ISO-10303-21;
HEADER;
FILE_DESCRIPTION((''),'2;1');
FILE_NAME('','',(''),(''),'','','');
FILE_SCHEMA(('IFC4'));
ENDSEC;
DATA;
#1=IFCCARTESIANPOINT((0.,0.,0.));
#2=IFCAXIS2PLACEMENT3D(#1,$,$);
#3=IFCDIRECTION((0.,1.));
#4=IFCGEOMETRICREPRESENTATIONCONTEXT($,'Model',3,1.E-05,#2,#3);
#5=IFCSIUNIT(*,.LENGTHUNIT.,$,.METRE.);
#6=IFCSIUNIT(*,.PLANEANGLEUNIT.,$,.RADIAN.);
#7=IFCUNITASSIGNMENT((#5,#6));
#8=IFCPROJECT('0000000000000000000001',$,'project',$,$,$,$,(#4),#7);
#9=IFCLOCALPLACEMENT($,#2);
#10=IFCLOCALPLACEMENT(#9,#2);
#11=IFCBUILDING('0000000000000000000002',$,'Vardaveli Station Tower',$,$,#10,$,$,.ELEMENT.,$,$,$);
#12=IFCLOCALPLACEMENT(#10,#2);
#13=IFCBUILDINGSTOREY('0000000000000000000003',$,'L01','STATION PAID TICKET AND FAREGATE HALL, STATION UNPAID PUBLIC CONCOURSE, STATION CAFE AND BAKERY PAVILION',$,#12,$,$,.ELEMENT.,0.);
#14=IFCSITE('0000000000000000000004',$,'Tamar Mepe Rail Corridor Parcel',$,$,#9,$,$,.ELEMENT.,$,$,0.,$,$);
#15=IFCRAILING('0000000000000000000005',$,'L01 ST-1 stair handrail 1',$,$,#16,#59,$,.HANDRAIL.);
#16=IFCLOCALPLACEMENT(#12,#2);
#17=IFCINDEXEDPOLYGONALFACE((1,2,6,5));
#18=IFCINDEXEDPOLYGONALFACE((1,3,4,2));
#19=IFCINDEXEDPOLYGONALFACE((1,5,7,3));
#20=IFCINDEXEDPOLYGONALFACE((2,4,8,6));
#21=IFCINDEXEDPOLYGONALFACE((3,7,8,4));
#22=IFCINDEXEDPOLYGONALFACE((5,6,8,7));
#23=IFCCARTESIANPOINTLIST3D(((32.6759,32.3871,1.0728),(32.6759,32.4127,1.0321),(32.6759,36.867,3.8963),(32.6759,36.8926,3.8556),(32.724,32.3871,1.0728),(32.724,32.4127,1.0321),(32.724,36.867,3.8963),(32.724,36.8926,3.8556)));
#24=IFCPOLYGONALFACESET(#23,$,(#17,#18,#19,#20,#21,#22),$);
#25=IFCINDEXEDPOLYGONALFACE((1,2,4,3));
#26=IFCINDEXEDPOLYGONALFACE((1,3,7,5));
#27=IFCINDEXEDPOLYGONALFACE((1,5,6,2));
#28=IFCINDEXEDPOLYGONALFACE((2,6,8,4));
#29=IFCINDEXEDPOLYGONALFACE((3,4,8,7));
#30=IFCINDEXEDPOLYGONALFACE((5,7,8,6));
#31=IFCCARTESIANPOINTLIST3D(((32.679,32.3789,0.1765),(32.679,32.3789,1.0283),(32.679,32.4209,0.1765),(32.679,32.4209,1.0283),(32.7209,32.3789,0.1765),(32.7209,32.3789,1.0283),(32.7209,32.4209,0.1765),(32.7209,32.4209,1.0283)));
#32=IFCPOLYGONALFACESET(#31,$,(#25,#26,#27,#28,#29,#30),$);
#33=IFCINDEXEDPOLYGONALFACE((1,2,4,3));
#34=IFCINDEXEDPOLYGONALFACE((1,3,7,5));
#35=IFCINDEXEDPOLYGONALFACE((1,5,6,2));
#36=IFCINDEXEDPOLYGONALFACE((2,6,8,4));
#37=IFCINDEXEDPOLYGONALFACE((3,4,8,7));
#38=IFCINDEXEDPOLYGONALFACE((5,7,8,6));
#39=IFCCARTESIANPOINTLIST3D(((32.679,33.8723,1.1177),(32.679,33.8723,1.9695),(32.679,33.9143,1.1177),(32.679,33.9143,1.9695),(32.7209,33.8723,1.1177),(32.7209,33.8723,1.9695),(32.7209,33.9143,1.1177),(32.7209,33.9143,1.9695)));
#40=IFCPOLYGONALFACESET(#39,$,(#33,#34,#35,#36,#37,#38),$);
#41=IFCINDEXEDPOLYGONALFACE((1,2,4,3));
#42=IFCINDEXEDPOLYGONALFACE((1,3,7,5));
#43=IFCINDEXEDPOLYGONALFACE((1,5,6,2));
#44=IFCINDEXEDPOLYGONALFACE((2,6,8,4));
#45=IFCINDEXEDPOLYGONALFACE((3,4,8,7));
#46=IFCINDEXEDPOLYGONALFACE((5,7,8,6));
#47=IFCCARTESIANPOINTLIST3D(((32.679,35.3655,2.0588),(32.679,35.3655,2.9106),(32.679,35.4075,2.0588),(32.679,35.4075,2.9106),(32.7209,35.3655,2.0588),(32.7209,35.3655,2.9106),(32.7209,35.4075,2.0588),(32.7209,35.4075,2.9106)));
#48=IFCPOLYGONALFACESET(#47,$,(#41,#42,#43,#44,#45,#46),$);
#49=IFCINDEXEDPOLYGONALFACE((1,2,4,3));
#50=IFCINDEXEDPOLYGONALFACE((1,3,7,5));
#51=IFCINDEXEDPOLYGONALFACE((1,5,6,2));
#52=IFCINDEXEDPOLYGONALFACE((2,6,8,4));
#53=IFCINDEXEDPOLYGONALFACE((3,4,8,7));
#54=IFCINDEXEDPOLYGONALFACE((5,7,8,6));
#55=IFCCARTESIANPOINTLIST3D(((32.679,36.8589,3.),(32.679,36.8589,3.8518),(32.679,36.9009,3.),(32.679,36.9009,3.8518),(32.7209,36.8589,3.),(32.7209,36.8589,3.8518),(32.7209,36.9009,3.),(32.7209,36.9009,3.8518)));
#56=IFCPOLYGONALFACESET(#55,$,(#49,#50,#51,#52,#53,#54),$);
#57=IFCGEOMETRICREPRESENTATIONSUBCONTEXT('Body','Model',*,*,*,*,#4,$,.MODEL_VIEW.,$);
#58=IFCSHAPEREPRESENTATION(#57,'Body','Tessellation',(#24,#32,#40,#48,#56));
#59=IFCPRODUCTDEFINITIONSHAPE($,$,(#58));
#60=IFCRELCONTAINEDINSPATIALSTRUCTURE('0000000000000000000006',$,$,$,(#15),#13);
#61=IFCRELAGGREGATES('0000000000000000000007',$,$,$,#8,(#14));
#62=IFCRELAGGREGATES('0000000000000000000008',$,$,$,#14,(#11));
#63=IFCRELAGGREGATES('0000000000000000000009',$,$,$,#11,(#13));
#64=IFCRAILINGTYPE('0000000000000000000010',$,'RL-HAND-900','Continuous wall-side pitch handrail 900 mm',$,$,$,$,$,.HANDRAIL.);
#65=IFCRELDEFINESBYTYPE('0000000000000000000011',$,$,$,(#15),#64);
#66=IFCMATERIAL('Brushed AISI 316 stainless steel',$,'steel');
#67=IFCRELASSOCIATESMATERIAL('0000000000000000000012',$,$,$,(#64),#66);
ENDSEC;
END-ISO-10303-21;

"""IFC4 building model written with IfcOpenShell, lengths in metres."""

from ifc_helpers import new_model, si_unit, direction, frame, origin, origin_2d, place, context, subcontext, project, spatial, rectangle, extrude, source, transform, mapped, material, type_object, element, save


model = new_model("IFC4")

# Units and contexts
model_context = context("Model", 3, precision=1e-05, world=origin(), true_north=direction((0.0, 1.0)))
body_context = subcontext(model_context, "Body", "Model", "MODEL_VIEW")
ifc_project = project(units=[si_unit("LENGTHUNIT", "METRE"), si_unit("PLANEANGLEUNIT", "RADIAN")], contexts=[model_context])

# Site, building, storey
site_placement = place(None, origin())
site = spatial("IfcSite", under=ifc_project, at=site_placement, Name="Tamar Mepe Rail Corridor Parcel", CompositionType="ELEMENT", RefElevation=0.0)
building_placement = place(site_placement, origin())
building = spatial("IfcBuilding", under=site, at=building_placement, Name="Vardaveli Station Tower", CompositionType="ELEMENT")
storey_placement = place(building_placement, origin())
storey = spatial("IfcBuildingStorey", under=building, at=storey_placement, Name="L01", Description="STATION PAID TICKET AND FAREGATE HALL, STATION UNPAID PUBLIC CONCOURSE, STATION CAFE AND BAKERY PAVILION", CompositionType="ELEMENT", Elevation=0.0)

# Railing
ifc_material_1 = material(Name="Brushed AISI 316 stainless steel", Category="steel")
railing_type_1 = type_object("IfcRailingType", Name="RL-HAND-900", Description="Continuous wall-side pitch handrail 900 mm", PredefinedType="HANDRAIL", material=ifc_material_1)
shared_shape_1 = source(origin(), body_context, "Body", "SweptSolid", [
    extrude(rectangle(XDim=0.0481, YDim=0.0481, at=origin_2d()), frame((0.0, 0.0, 0.876), z_axis=(0.0, 0.845998, 0.533186), x_axis=(-1.0, 0.0, 0.0)), (0.0, 0.0, 1.0), 5.2954),
    extrude(rectangle(XDim=0.042, YDim=0.042, at=origin_2d()), origin(), (0.0, 0.0, 1.0), 0.8518),
    extrude(rectangle(XDim=0.042, YDim=0.042, at=origin_2d()), frame((0.0, 1.4934, 0.9412)), (0.0, 0.0, 1.0), 0.8518),
    extrude(rectangle(XDim=0.042, YDim=0.042, at=origin_2d()), frame((0.0, 2.9866, 1.8823)), (0.0, 0.0, 1.0), 0.8518),
    extrude(rectangle(XDim=0.042, YDim=0.042, at=origin_2d()), frame((0.0, 4.48, 2.8235)), (0.0, 0.0, 1.0), 0.8518),
])
railing_1_placement = place(storey_placement, frame((32.7, 32.3999, 0.1765)))
element("IfcRailing", 1, at=railing_1_placement, inside=storey, type_object=railing_type_1, Name="L01 ST-1 stair handrail 1", PredefinedType="HANDRAIL", context=body_context, shape_type="MappedRepresentation", body=[
    mapped(shared_shape_1, transform((0.0, 0.0, 0.0), scale=1.0)),
])

save(model, "model.ifc")
